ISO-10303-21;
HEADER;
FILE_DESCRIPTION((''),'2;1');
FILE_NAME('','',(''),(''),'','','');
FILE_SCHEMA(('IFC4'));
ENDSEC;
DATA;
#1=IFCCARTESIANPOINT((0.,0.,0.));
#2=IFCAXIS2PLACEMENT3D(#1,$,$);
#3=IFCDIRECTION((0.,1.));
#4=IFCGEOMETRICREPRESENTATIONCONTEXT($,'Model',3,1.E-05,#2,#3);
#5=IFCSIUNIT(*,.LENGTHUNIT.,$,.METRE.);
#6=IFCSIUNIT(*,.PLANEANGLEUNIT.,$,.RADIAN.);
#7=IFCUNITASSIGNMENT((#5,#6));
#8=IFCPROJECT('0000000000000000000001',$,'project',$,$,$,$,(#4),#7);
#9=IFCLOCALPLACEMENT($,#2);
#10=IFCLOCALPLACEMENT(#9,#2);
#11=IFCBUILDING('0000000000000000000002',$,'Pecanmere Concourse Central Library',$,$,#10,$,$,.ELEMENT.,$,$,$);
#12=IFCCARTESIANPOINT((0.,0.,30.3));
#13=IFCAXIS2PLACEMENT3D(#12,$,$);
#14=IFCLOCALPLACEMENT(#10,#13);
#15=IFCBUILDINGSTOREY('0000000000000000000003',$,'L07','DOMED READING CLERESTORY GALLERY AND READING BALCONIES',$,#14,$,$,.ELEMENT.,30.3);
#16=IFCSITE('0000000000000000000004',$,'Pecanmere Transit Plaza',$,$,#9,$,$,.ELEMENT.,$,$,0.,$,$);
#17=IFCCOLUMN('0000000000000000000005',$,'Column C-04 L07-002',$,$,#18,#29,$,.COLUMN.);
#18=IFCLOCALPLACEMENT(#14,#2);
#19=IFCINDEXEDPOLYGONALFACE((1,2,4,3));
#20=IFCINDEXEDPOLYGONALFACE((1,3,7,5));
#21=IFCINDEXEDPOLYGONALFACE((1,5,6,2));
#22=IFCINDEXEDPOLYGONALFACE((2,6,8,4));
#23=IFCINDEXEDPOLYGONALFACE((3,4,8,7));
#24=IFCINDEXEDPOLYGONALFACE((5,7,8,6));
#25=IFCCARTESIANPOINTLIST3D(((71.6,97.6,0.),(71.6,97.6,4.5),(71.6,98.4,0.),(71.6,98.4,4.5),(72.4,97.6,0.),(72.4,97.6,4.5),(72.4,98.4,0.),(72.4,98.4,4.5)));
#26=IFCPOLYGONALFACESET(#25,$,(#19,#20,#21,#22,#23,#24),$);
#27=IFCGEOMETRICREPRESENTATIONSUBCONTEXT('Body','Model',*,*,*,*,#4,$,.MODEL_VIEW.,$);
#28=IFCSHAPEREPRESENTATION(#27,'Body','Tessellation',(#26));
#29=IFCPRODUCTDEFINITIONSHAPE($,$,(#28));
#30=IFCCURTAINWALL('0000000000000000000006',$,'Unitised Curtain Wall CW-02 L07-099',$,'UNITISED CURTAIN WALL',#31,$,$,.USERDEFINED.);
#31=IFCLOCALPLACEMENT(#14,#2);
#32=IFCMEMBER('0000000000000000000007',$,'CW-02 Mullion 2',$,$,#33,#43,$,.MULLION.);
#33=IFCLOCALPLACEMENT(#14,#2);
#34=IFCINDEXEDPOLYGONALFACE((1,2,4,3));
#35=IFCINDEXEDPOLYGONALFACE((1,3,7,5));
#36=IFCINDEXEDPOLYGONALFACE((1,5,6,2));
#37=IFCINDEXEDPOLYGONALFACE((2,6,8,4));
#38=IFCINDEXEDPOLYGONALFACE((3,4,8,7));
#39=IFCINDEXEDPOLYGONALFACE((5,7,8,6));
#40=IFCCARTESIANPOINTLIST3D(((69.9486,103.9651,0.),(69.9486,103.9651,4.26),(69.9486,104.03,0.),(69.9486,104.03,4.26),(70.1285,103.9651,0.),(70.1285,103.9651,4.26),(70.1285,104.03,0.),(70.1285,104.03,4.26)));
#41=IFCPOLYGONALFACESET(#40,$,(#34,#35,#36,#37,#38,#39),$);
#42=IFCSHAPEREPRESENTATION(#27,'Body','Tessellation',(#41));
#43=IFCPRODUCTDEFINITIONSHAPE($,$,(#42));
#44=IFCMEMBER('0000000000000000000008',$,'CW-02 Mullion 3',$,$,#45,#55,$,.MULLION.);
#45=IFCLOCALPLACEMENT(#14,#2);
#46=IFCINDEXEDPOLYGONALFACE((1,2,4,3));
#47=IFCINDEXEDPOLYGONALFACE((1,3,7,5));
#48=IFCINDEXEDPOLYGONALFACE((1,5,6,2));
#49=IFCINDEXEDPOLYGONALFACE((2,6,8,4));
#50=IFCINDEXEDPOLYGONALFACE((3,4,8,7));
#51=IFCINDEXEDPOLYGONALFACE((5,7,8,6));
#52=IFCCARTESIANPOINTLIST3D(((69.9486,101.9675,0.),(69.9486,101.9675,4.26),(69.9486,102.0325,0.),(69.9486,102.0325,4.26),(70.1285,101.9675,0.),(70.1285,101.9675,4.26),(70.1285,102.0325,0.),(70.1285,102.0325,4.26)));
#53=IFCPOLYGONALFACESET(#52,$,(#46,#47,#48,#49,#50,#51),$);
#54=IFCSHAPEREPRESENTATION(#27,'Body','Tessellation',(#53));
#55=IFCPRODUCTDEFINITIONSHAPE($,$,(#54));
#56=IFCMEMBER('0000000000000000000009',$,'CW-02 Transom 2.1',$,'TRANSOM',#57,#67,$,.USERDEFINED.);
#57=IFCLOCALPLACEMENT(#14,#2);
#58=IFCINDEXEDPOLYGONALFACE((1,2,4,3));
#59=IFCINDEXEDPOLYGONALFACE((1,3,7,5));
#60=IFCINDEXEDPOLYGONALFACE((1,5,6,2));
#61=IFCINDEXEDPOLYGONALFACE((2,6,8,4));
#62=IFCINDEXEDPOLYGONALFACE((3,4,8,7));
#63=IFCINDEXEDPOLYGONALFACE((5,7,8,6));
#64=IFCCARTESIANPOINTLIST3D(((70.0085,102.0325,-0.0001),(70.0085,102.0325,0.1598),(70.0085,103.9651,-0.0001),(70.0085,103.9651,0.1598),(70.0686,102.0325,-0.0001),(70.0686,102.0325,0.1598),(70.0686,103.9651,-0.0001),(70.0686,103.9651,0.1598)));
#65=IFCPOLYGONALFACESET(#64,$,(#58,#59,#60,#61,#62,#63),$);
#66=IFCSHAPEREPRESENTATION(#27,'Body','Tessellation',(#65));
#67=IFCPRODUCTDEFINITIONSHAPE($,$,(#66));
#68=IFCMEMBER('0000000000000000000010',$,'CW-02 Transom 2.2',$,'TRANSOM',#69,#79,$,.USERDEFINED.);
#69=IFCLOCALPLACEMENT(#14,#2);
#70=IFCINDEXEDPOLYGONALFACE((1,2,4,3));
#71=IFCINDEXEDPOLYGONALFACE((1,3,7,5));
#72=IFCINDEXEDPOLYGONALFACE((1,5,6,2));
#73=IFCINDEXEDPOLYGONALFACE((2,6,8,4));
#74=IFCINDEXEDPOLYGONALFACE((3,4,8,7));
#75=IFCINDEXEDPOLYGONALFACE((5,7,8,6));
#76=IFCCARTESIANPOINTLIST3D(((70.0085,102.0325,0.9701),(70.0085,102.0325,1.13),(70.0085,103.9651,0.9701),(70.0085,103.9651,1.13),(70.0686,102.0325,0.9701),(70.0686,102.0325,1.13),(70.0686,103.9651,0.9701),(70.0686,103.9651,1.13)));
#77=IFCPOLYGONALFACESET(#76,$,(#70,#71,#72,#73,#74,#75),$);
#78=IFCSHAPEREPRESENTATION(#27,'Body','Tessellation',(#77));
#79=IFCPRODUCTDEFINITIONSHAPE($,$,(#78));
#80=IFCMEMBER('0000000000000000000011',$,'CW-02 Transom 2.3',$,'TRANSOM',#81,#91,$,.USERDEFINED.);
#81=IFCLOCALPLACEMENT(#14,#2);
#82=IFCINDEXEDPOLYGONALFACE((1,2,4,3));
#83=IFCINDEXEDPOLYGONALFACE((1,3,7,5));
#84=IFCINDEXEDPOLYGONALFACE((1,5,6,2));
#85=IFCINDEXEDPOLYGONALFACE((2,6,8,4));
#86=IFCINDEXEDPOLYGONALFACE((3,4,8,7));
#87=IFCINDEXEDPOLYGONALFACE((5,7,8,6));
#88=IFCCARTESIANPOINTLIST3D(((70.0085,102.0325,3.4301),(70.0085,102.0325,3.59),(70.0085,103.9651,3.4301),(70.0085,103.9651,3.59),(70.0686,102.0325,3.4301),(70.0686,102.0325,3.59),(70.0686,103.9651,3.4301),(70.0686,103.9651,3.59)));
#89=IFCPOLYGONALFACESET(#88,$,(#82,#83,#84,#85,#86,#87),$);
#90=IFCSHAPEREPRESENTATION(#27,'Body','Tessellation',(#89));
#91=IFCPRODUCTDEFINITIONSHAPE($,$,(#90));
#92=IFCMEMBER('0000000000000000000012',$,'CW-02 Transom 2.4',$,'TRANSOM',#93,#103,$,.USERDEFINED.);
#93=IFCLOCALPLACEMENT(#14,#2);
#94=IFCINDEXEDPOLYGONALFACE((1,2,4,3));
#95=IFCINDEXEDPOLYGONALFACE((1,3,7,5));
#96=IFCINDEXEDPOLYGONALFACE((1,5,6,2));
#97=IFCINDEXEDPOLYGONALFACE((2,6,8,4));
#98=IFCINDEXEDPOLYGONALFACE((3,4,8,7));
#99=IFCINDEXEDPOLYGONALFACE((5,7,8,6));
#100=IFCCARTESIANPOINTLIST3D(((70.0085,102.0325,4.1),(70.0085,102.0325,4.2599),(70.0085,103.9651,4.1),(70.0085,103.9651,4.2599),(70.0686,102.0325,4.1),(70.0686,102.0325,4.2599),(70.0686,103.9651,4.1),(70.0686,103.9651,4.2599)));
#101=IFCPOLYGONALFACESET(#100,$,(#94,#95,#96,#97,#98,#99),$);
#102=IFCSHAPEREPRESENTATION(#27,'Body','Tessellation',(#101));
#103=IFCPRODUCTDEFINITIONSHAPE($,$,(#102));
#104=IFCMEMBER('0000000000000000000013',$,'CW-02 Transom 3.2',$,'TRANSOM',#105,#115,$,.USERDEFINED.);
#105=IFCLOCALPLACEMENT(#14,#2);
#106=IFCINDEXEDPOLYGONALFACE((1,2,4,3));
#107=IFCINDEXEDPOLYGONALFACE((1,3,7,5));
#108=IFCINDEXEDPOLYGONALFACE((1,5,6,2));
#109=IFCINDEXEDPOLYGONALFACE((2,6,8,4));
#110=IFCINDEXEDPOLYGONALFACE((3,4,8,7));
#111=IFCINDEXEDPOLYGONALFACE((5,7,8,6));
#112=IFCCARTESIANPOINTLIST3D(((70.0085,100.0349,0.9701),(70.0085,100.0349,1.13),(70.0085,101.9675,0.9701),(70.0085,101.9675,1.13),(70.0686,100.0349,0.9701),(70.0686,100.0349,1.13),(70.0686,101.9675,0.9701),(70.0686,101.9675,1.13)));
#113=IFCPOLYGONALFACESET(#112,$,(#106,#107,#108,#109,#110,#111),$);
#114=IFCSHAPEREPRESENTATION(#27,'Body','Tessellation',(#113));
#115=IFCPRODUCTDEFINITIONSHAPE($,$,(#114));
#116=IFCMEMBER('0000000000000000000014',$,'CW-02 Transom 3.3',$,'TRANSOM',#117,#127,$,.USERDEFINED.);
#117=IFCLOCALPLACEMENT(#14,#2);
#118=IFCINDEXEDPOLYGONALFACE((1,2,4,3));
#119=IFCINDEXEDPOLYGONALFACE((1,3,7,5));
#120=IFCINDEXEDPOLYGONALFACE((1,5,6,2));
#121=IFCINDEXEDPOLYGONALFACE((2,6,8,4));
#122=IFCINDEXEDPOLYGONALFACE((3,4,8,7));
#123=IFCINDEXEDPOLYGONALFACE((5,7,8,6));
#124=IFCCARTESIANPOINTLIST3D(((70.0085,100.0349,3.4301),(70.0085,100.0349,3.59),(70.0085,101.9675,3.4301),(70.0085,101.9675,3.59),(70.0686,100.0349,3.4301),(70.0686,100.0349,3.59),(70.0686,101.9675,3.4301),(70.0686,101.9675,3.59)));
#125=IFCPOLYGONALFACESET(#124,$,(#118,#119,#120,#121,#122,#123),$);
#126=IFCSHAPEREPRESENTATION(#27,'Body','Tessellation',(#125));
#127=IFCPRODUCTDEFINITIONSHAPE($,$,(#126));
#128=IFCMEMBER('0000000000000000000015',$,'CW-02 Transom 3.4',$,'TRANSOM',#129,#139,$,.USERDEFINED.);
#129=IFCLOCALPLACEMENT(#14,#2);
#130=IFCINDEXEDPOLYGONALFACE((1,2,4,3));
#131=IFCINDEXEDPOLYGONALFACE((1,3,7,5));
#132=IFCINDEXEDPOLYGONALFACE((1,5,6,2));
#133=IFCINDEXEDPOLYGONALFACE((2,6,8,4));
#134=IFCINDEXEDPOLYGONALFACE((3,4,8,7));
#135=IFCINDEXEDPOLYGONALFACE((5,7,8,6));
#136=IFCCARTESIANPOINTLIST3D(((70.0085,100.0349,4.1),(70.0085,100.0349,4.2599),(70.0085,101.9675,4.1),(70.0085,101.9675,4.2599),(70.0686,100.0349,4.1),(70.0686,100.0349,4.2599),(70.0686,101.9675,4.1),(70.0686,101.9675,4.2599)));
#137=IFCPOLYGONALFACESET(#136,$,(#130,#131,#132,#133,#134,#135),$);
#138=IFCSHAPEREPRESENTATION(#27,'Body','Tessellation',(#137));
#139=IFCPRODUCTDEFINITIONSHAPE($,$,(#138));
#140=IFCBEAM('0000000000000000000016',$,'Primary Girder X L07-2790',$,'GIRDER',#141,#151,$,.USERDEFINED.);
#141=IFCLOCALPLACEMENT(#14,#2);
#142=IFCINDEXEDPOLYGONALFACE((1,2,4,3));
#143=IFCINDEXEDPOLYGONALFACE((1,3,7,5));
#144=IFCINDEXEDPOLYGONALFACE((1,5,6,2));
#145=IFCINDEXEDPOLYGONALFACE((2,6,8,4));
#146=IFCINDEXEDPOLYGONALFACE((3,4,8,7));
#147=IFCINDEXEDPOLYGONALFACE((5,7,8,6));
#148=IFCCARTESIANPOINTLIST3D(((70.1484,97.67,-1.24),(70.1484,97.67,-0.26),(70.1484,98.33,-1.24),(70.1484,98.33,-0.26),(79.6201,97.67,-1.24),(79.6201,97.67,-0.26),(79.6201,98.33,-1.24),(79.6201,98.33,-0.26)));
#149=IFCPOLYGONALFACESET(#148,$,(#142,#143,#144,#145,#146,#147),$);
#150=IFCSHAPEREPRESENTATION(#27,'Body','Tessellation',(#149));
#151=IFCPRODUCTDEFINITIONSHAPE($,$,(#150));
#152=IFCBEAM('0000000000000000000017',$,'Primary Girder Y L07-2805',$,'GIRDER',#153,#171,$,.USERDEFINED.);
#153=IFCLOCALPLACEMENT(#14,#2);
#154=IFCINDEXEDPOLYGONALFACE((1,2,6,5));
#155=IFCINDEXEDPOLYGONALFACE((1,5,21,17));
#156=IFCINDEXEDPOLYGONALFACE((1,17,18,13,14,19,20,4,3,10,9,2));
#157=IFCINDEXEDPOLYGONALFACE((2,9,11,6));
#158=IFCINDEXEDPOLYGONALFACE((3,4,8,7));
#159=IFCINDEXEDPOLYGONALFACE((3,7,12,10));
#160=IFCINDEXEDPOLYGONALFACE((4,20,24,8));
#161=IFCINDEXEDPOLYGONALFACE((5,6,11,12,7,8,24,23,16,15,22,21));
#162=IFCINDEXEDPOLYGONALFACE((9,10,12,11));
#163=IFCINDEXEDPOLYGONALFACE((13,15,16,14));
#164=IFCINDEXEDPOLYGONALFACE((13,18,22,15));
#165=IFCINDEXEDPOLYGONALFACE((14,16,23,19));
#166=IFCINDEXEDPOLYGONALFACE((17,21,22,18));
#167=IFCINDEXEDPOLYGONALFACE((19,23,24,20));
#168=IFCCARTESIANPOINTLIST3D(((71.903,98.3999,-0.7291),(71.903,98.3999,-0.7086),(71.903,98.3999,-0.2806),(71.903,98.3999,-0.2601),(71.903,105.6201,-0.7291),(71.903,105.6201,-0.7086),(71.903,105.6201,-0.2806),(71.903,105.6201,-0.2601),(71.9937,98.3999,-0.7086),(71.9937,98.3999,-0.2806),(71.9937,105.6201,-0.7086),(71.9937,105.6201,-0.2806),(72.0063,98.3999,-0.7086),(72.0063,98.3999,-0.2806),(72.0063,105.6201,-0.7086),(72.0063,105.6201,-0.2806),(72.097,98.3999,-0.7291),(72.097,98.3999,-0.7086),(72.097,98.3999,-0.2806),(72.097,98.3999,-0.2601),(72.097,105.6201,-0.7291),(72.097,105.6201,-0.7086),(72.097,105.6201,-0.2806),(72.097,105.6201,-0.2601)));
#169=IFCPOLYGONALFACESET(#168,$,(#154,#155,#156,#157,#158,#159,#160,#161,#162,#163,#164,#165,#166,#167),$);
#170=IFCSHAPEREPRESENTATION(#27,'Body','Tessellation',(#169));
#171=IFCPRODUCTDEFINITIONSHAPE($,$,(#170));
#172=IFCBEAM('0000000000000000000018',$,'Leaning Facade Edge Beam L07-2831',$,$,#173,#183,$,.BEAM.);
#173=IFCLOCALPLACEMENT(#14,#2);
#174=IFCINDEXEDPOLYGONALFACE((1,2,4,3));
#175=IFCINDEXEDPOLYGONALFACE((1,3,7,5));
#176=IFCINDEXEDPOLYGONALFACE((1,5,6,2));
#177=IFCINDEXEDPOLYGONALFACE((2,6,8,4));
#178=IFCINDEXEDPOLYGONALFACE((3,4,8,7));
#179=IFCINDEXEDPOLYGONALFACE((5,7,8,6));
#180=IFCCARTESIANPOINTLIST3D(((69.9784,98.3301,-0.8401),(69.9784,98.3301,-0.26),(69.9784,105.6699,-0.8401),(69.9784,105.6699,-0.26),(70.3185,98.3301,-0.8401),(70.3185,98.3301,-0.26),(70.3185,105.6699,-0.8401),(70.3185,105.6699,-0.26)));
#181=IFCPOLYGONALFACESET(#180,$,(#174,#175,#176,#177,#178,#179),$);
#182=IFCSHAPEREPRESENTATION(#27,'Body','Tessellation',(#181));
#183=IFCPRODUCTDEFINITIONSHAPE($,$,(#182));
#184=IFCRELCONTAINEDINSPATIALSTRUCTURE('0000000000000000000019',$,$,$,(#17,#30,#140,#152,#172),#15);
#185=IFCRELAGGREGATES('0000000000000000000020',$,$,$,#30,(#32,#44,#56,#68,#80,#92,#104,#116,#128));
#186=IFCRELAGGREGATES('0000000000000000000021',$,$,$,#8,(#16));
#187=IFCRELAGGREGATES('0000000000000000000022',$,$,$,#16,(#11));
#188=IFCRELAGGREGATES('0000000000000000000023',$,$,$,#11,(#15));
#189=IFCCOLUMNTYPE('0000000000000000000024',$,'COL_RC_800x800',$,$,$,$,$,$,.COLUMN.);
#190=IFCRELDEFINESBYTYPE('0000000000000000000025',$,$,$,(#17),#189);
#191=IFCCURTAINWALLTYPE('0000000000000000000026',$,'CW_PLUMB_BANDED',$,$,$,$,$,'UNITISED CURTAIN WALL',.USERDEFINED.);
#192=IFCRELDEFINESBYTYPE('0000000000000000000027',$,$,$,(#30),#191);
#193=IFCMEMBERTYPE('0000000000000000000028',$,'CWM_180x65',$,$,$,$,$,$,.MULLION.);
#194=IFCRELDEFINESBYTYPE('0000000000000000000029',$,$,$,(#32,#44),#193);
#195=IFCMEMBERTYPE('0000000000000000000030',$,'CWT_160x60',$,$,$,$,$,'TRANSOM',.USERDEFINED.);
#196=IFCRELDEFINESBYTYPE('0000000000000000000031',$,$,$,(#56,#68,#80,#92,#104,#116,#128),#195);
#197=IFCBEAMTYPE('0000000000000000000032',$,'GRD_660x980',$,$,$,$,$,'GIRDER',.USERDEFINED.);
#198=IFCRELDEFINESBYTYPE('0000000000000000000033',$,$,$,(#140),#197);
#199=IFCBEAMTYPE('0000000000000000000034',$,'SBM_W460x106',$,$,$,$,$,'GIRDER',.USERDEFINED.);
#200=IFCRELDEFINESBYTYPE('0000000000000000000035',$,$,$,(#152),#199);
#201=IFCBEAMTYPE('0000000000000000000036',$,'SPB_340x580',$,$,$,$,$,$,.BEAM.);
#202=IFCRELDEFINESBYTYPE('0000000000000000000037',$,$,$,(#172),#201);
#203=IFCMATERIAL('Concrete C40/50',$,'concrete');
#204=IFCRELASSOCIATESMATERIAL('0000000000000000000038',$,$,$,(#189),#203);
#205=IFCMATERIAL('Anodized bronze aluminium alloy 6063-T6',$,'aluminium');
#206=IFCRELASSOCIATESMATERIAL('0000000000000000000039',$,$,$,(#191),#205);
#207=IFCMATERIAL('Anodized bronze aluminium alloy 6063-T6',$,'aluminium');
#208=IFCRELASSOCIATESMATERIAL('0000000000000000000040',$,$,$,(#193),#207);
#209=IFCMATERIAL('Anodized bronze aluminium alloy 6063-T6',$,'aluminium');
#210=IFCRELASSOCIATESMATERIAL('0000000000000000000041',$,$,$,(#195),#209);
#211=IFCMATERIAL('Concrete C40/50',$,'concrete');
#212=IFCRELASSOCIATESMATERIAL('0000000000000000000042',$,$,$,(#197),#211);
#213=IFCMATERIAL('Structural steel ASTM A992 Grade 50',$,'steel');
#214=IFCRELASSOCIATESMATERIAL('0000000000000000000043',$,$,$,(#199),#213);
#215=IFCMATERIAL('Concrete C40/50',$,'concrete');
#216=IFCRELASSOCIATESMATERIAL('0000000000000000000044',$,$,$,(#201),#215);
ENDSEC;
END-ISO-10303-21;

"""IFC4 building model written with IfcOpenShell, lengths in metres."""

from ifc_helpers import new_model, si_unit, direction, frame, origin, origin_2d, place, context, subcontext, project, spatial, rectangle, i_section, extrude, material, material_profile, profile_set, type_object, element, aggregate, save


model = new_model("IFC4")

# Units and contexts
model_context = context("Model", 3, precision=1e-05, world=origin(), true_north=direction((0.0, 1.0)))
body_context = subcontext(model_context, "Body", "Model", "MODEL_VIEW")
ifc_project = project(units=[si_unit("LENGTHUNIT", "METRE"), si_unit("PLANEANGLEUNIT", "RADIAN")], contexts=[model_context])

# Site, building, storey
site_placement = place(None, origin())
site = spatial("IfcSite", under=ifc_project, at=site_placement, Name="Pecanmere Transit Plaza", CompositionType="ELEMENT", RefElevation=0.0)
building_placement = place(site_placement, origin())
building = spatial("IfcBuilding", under=site, at=building_placement, Name="Pecanmere Concourse Central Library", CompositionType="ELEMENT")
storey_placement = place(building_placement, frame((0.0, 0.0, 30.3)))
storey = spatial("IfcBuildingStorey", under=building, at=storey_placement, Name="L07", Description="DOMED READING CLERESTORY GALLERY AND READING BALCONIES", CompositionType="ELEMENT", Elevation=30.3)

# Column
ifc_material_1 = material(Name="Concrete C40/50", Category="concrete")
ifc_material_profile_1 = material_profile(ifc_material_1, rectangle(XDim=0.8, YDim=0.8, at=origin_2d()), Name="RC 800x800")
ifc_profile_set_1 = profile_set([ifc_material_profile_1], Name="Concrete C40/50")
column_type = type_object("IfcColumnType", Name="COL_RC_800x800", PredefinedType="COLUMN", material=ifc_profile_set_1)
column_placement = place(storey_placement, frame((72.0, 98.0, 0.0), z_axis=(0.0, 0.0, 1.0), x_axis=(1.0, 0.0, 0.0)))
element("IfcColumn", 1, at=column_placement, inside=storey, type_object=column_type, Name="Column C-04 L07-002", PredefinedType="COLUMN", context=body_context, shape_type="SweptSolid", body=[
    extrude(rectangle(XDim=0.8, YDim=0.8, at=origin_2d()), origin(), (0.0, 0.0, 1.0), 4.5),
])

# Curtain wall, members
ifc_material_2 = material(Name="Anodized bronze aluminium alloy 6063-T6", Category="aluminium")
curtain_wall_type = type_object("IfcCurtainWallType", Name="CW_PLUMB_BANDED", ElementType="UNITISED CURTAIN WALL", PredefinedType="USERDEFINED", material=ifc_material_2)
curtain_wall_placement = place(storey_placement, origin())
curtain_wall = element("IfcCurtainWall", 2, at=curtain_wall_placement, inside=storey, type_object=curtain_wall_type, Name="Unitised Curtain Wall CW-02 L07-099", ObjectType="UNITISED CURTAIN WALL", PredefinedType="USERDEFINED")
ifc_material_3 = material(Name="Anodized bronze aluminium alloy 6063-T6", Category="aluminium")
ifc_material_profile_2 = material_profile(ifc_material_3, rectangle(XDim=0.0649, YDim=0.1799, at=origin_2d()), Name="AL 65x180")
ifc_profile_set_2 = profile_set([ifc_material_profile_2], Name="Anodized bronze aluminium alloy 6063-T6")
member_type_1 = type_object("IfcMemberType", Name="CWM_180x65", PredefinedType="MULLION", material=ifc_profile_set_2)
member_1_placement = place(storey_placement, frame((70.0386, 103.9976, 0.0), z_axis=(0.0, 0.0, 1.0), x_axis=(0.0, -1.0, 0.0)))
member_1 = element("IfcMember", 3, at=member_1_placement, type_object=member_type_1, Name="CW-02 Mullion 2", PredefinedType="MULLION", context=body_context, shape_type="SweptSolid", body=[
    extrude(rectangle(XDim=0.0649, YDim=0.1799, at=origin_2d()), origin(), (0.0, 0.0, 1.0), 4.26),
])
member_2_placement = place(storey_placement, frame((70.0386, 102.0, 0.0), z_axis=(0.0, 0.0, 1.0), x_axis=(0.0, -1.0, 0.0)))
member_2 = element("IfcMember", 4, at=member_2_placement, type_object=member_type_1, Name="CW-02 Mullion 3", PredefinedType="MULLION", context=body_context, shape_type="SweptSolid", body=[
    extrude(rectangle(XDim=0.0649, YDim=0.1799, at=origin_2d()), origin(), (0.0, 0.0, 1.0), 4.26),
])
ifc_material_4 = material(Name="Anodized bronze aluminium alloy 6063-T6", Category="aluminium")
ifc_material_profile_3 = material_profile(ifc_material_4, rectangle(XDim=0.0601, YDim=0.1599, at=origin_2d()), Name="AL 60x160")
ifc_profile_set_3 = profile_set([ifc_material_profile_3], Name="Anodized bronze aluminium alloy 6063-T6")
member_type_2 = type_object("IfcMemberType", Name="CWT_160x60", ElementType="TRANSOM", PredefinedType="USERDEFINED", material=ifc_profile_set_3)
member_3_placement = place(storey_placement, frame((70.0386, 103.9651, 0.0798), z_axis=(0.0, -1.0, 0.0), x_axis=(1.0, 0.0, 0.0)))
member_3 = element("IfcMember", 5, at=member_3_placement, type_object=member_type_2, Name="CW-02 Transom 2.1", ObjectType="TRANSOM", PredefinedType="USERDEFINED", context=body_context, shape_type="SweptSolid", body=[
    extrude(rectangle(XDim=0.0601, YDim=0.1599, at=origin_2d()), origin(), (0.0, 0.0, 1.0), 1.9326),
])
member_4_placement = place(storey_placement, frame((70.0386, 103.9651, 1.05), z_axis=(0.0, -1.0, 0.0), x_axis=(1.0, 0.0, 0.0)))
member_4 = element("IfcMember", 6, at=member_4_placement, type_object=member_type_2, Name="CW-02 Transom 2.2", ObjectType="TRANSOM", PredefinedType="USERDEFINED", context=body_context, shape_type="SweptSolid", body=[
    extrude(rectangle(XDim=0.0601, YDim=0.1599, at=origin_2d()), origin(), (0.0, 0.0, 1.0), 1.9326),
])
member_5_placement = place(storey_placement, frame((70.0386, 103.9651, 3.51), z_axis=(0.0, -1.0, 0.0), x_axis=(1.0, 0.0, 0.0)))
member_5 = element("IfcMember", 7, at=member_5_placement, type_object=member_type_2, Name="CW-02 Transom 2.3", ObjectType="TRANSOM", PredefinedType="USERDEFINED", context=body_context, shape_type="SweptSolid", body=[
    extrude(rectangle(XDim=0.0601, YDim=0.1599, at=origin_2d()), origin(), (0.0, 0.0, 1.0), 1.9326),
])
member_6_placement = place(storey_placement, frame((70.0386, 103.9651, 4.1799), z_axis=(0.0, -1.0, 0.0), x_axis=(1.0, 0.0, 0.0)))
member_6 = element("IfcMember", 8, at=member_6_placement, type_object=member_type_2, Name="CW-02 Transom 2.4", ObjectType="TRANSOM", PredefinedType="USERDEFINED", context=body_context, shape_type="SweptSolid", body=[
    extrude(rectangle(XDim=0.0601, YDim=0.1599, at=origin_2d()), origin(), (0.0, 0.0, 1.0), 1.9326),
])
member_7_placement = place(storey_placement, frame((70.0386, 101.9675, 1.05), z_axis=(0.0, -1.0, 0.0), x_axis=(1.0, 0.0, 0.0)))
member_7 = element("IfcMember", 9, at=member_7_placement, type_object=member_type_2, Name="CW-02 Transom 3.2", ObjectType="TRANSOM", PredefinedType="USERDEFINED", context=body_context, shape_type="SweptSolid", body=[
    extrude(rectangle(XDim=0.0601, YDim=0.1599, at=origin_2d()), origin(), (0.0, 0.0, 1.0), 1.9326),
])
member_8_placement = place(storey_placement, frame((70.0386, 101.9675, 3.51), z_axis=(0.0, -1.0, 0.0), x_axis=(1.0, 0.0, 0.0)))
member_8 = element("IfcMember", 10, at=member_8_placement, type_object=member_type_2, Name="CW-02 Transom 3.3", ObjectType="TRANSOM", PredefinedType="USERDEFINED", context=body_context, shape_type="SweptSolid", body=[
    extrude(rectangle(XDim=0.0601, YDim=0.1599, at=origin_2d()), origin(), (0.0, 0.0, 1.0), 1.9326),
])
member_9_placement = place(storey_placement, frame((70.0386, 101.9675, 4.1799), z_axis=(0.0, -1.0, 0.0), x_axis=(1.0, 0.0, 0.0)))
member_9 = element("IfcMember", 11, at=member_9_placement, type_object=member_type_2, Name="CW-02 Transom 3.4", ObjectType="TRANSOM", PredefinedType="USERDEFINED", context=body_context, shape_type="SweptSolid", body=[
    extrude(rectangle(XDim=0.0601, YDim=0.1599, at=origin_2d()), origin(), (0.0, 0.0, 1.0), 1.9326),
])

# Beams
ifc_material_5 = material(Name="Concrete C40/50", Category="concrete")
ifc_material_profile_4 = material_profile(ifc_material_5, rectangle(XDim=0.6599, YDim=0.98, at=origin_2d()), Name="RC 660x980")
ifc_profile_set_4 = profile_set([ifc_material_profile_4], Name="Concrete C40/50")
beam_type_1 = type_object("IfcBeamType", Name="GRD_660x980", ElementType="GIRDER", PredefinedType="USERDEFINED", material=ifc_profile_set_4)
beam_1_placement = place(storey_placement, frame((70.1484, 98.0, -0.75), z_axis=(1.0, 0.0, 0.0), x_axis=(0.0, 1.0, 0.0)))
element("IfcBeam", 12, at=beam_1_placement, inside=storey, type_object=beam_type_1, Name="Primary Girder X L07-2790", ObjectType="GIRDER", PredefinedType="USERDEFINED", context=body_context, shape_type="SweptSolid", body=[
    extrude(rectangle(XDim=0.6599, YDim=0.98, at=origin_2d()), origin(), (0.0, 0.0, 1.0), 9.4717),
])
ifc_material_6 = material(Name="Structural steel ASTM A992 Grade 50", Category="steel")
ifc_material_profile_5 = material_profile(ifc_material_6, i_section(OverallWidth=0.1941, OverallDepth=0.469, WebThickness=0.0127, FlangeThickness=0.0205, at=origin_2d()), Name="W460x106")
ifc_profile_set_5 = profile_set([ifc_material_profile_5], Name="Structural steel ASTM A992 Grade 50")
beam_type_2 = type_object("IfcBeamType", Name="SBM_W460x106", ElementType="GIRDER", PredefinedType="USERDEFINED", material=ifc_profile_set_5)
beam_2_placement = place(storey_placement, frame((72.0, 98.3999, -0.4946), z_axis=(0.0, 1.0, 0.0), x_axis=(-1.0, 0.0, 0.0)))
element("IfcBeam", 13, at=beam_2_placement, inside=storey, type_object=beam_type_2, Name="Primary Girder Y L07-2805", ObjectType="GIRDER", PredefinedType="USERDEFINED", context=body_context, shape_type="SweptSolid", body=[
    extrude(i_section(OverallWidth=0.1941, OverallDepth=0.469, WebThickness=0.0127, FlangeThickness=0.0205, at=origin_2d()), origin(), (0.0, 0.0, 1.0), 7.2202),
])
ifc_material_7 = material(Name="Concrete C40/50", Category="concrete")
ifc_material_profile_6 = material_profile(ifc_material_7, rectangle(XDim=0.3401, YDim=0.5801, at=origin_2d()), Name="RC 340x580")
ifc_profile_set_6 = profile_set([ifc_material_profile_6], Name="Concrete C40/50")
beam_type_3 = type_object("IfcBeamType", Name="SPB_340x580", PredefinedType="BEAM", material=ifc_profile_set_6)
beam_3_placement = place(storey_placement, frame((70.1484, 98.3301, -0.55), z_axis=(0.0, 1.0, 0.0), x_axis=(-1.0, 0.0, 0.0)))
element("IfcBeam", 14, at=beam_3_placement, inside=storey, type_object=beam_type_3, Name="Leaning Facade Edge Beam L07-2831", PredefinedType="BEAM", context=body_context, shape_type="SweptSolid", body=[
    extrude(rectangle(XDim=0.3401, YDim=0.5801, at=origin_2d()), origin(), (0.0, 0.0, 1.0), 7.3398),
])

aggregate(curtain_wall, [member_1, member_2, member_3, member_4, member_5, member_6, member_7, member_8, member_9])

save(model, "model.ifc")
